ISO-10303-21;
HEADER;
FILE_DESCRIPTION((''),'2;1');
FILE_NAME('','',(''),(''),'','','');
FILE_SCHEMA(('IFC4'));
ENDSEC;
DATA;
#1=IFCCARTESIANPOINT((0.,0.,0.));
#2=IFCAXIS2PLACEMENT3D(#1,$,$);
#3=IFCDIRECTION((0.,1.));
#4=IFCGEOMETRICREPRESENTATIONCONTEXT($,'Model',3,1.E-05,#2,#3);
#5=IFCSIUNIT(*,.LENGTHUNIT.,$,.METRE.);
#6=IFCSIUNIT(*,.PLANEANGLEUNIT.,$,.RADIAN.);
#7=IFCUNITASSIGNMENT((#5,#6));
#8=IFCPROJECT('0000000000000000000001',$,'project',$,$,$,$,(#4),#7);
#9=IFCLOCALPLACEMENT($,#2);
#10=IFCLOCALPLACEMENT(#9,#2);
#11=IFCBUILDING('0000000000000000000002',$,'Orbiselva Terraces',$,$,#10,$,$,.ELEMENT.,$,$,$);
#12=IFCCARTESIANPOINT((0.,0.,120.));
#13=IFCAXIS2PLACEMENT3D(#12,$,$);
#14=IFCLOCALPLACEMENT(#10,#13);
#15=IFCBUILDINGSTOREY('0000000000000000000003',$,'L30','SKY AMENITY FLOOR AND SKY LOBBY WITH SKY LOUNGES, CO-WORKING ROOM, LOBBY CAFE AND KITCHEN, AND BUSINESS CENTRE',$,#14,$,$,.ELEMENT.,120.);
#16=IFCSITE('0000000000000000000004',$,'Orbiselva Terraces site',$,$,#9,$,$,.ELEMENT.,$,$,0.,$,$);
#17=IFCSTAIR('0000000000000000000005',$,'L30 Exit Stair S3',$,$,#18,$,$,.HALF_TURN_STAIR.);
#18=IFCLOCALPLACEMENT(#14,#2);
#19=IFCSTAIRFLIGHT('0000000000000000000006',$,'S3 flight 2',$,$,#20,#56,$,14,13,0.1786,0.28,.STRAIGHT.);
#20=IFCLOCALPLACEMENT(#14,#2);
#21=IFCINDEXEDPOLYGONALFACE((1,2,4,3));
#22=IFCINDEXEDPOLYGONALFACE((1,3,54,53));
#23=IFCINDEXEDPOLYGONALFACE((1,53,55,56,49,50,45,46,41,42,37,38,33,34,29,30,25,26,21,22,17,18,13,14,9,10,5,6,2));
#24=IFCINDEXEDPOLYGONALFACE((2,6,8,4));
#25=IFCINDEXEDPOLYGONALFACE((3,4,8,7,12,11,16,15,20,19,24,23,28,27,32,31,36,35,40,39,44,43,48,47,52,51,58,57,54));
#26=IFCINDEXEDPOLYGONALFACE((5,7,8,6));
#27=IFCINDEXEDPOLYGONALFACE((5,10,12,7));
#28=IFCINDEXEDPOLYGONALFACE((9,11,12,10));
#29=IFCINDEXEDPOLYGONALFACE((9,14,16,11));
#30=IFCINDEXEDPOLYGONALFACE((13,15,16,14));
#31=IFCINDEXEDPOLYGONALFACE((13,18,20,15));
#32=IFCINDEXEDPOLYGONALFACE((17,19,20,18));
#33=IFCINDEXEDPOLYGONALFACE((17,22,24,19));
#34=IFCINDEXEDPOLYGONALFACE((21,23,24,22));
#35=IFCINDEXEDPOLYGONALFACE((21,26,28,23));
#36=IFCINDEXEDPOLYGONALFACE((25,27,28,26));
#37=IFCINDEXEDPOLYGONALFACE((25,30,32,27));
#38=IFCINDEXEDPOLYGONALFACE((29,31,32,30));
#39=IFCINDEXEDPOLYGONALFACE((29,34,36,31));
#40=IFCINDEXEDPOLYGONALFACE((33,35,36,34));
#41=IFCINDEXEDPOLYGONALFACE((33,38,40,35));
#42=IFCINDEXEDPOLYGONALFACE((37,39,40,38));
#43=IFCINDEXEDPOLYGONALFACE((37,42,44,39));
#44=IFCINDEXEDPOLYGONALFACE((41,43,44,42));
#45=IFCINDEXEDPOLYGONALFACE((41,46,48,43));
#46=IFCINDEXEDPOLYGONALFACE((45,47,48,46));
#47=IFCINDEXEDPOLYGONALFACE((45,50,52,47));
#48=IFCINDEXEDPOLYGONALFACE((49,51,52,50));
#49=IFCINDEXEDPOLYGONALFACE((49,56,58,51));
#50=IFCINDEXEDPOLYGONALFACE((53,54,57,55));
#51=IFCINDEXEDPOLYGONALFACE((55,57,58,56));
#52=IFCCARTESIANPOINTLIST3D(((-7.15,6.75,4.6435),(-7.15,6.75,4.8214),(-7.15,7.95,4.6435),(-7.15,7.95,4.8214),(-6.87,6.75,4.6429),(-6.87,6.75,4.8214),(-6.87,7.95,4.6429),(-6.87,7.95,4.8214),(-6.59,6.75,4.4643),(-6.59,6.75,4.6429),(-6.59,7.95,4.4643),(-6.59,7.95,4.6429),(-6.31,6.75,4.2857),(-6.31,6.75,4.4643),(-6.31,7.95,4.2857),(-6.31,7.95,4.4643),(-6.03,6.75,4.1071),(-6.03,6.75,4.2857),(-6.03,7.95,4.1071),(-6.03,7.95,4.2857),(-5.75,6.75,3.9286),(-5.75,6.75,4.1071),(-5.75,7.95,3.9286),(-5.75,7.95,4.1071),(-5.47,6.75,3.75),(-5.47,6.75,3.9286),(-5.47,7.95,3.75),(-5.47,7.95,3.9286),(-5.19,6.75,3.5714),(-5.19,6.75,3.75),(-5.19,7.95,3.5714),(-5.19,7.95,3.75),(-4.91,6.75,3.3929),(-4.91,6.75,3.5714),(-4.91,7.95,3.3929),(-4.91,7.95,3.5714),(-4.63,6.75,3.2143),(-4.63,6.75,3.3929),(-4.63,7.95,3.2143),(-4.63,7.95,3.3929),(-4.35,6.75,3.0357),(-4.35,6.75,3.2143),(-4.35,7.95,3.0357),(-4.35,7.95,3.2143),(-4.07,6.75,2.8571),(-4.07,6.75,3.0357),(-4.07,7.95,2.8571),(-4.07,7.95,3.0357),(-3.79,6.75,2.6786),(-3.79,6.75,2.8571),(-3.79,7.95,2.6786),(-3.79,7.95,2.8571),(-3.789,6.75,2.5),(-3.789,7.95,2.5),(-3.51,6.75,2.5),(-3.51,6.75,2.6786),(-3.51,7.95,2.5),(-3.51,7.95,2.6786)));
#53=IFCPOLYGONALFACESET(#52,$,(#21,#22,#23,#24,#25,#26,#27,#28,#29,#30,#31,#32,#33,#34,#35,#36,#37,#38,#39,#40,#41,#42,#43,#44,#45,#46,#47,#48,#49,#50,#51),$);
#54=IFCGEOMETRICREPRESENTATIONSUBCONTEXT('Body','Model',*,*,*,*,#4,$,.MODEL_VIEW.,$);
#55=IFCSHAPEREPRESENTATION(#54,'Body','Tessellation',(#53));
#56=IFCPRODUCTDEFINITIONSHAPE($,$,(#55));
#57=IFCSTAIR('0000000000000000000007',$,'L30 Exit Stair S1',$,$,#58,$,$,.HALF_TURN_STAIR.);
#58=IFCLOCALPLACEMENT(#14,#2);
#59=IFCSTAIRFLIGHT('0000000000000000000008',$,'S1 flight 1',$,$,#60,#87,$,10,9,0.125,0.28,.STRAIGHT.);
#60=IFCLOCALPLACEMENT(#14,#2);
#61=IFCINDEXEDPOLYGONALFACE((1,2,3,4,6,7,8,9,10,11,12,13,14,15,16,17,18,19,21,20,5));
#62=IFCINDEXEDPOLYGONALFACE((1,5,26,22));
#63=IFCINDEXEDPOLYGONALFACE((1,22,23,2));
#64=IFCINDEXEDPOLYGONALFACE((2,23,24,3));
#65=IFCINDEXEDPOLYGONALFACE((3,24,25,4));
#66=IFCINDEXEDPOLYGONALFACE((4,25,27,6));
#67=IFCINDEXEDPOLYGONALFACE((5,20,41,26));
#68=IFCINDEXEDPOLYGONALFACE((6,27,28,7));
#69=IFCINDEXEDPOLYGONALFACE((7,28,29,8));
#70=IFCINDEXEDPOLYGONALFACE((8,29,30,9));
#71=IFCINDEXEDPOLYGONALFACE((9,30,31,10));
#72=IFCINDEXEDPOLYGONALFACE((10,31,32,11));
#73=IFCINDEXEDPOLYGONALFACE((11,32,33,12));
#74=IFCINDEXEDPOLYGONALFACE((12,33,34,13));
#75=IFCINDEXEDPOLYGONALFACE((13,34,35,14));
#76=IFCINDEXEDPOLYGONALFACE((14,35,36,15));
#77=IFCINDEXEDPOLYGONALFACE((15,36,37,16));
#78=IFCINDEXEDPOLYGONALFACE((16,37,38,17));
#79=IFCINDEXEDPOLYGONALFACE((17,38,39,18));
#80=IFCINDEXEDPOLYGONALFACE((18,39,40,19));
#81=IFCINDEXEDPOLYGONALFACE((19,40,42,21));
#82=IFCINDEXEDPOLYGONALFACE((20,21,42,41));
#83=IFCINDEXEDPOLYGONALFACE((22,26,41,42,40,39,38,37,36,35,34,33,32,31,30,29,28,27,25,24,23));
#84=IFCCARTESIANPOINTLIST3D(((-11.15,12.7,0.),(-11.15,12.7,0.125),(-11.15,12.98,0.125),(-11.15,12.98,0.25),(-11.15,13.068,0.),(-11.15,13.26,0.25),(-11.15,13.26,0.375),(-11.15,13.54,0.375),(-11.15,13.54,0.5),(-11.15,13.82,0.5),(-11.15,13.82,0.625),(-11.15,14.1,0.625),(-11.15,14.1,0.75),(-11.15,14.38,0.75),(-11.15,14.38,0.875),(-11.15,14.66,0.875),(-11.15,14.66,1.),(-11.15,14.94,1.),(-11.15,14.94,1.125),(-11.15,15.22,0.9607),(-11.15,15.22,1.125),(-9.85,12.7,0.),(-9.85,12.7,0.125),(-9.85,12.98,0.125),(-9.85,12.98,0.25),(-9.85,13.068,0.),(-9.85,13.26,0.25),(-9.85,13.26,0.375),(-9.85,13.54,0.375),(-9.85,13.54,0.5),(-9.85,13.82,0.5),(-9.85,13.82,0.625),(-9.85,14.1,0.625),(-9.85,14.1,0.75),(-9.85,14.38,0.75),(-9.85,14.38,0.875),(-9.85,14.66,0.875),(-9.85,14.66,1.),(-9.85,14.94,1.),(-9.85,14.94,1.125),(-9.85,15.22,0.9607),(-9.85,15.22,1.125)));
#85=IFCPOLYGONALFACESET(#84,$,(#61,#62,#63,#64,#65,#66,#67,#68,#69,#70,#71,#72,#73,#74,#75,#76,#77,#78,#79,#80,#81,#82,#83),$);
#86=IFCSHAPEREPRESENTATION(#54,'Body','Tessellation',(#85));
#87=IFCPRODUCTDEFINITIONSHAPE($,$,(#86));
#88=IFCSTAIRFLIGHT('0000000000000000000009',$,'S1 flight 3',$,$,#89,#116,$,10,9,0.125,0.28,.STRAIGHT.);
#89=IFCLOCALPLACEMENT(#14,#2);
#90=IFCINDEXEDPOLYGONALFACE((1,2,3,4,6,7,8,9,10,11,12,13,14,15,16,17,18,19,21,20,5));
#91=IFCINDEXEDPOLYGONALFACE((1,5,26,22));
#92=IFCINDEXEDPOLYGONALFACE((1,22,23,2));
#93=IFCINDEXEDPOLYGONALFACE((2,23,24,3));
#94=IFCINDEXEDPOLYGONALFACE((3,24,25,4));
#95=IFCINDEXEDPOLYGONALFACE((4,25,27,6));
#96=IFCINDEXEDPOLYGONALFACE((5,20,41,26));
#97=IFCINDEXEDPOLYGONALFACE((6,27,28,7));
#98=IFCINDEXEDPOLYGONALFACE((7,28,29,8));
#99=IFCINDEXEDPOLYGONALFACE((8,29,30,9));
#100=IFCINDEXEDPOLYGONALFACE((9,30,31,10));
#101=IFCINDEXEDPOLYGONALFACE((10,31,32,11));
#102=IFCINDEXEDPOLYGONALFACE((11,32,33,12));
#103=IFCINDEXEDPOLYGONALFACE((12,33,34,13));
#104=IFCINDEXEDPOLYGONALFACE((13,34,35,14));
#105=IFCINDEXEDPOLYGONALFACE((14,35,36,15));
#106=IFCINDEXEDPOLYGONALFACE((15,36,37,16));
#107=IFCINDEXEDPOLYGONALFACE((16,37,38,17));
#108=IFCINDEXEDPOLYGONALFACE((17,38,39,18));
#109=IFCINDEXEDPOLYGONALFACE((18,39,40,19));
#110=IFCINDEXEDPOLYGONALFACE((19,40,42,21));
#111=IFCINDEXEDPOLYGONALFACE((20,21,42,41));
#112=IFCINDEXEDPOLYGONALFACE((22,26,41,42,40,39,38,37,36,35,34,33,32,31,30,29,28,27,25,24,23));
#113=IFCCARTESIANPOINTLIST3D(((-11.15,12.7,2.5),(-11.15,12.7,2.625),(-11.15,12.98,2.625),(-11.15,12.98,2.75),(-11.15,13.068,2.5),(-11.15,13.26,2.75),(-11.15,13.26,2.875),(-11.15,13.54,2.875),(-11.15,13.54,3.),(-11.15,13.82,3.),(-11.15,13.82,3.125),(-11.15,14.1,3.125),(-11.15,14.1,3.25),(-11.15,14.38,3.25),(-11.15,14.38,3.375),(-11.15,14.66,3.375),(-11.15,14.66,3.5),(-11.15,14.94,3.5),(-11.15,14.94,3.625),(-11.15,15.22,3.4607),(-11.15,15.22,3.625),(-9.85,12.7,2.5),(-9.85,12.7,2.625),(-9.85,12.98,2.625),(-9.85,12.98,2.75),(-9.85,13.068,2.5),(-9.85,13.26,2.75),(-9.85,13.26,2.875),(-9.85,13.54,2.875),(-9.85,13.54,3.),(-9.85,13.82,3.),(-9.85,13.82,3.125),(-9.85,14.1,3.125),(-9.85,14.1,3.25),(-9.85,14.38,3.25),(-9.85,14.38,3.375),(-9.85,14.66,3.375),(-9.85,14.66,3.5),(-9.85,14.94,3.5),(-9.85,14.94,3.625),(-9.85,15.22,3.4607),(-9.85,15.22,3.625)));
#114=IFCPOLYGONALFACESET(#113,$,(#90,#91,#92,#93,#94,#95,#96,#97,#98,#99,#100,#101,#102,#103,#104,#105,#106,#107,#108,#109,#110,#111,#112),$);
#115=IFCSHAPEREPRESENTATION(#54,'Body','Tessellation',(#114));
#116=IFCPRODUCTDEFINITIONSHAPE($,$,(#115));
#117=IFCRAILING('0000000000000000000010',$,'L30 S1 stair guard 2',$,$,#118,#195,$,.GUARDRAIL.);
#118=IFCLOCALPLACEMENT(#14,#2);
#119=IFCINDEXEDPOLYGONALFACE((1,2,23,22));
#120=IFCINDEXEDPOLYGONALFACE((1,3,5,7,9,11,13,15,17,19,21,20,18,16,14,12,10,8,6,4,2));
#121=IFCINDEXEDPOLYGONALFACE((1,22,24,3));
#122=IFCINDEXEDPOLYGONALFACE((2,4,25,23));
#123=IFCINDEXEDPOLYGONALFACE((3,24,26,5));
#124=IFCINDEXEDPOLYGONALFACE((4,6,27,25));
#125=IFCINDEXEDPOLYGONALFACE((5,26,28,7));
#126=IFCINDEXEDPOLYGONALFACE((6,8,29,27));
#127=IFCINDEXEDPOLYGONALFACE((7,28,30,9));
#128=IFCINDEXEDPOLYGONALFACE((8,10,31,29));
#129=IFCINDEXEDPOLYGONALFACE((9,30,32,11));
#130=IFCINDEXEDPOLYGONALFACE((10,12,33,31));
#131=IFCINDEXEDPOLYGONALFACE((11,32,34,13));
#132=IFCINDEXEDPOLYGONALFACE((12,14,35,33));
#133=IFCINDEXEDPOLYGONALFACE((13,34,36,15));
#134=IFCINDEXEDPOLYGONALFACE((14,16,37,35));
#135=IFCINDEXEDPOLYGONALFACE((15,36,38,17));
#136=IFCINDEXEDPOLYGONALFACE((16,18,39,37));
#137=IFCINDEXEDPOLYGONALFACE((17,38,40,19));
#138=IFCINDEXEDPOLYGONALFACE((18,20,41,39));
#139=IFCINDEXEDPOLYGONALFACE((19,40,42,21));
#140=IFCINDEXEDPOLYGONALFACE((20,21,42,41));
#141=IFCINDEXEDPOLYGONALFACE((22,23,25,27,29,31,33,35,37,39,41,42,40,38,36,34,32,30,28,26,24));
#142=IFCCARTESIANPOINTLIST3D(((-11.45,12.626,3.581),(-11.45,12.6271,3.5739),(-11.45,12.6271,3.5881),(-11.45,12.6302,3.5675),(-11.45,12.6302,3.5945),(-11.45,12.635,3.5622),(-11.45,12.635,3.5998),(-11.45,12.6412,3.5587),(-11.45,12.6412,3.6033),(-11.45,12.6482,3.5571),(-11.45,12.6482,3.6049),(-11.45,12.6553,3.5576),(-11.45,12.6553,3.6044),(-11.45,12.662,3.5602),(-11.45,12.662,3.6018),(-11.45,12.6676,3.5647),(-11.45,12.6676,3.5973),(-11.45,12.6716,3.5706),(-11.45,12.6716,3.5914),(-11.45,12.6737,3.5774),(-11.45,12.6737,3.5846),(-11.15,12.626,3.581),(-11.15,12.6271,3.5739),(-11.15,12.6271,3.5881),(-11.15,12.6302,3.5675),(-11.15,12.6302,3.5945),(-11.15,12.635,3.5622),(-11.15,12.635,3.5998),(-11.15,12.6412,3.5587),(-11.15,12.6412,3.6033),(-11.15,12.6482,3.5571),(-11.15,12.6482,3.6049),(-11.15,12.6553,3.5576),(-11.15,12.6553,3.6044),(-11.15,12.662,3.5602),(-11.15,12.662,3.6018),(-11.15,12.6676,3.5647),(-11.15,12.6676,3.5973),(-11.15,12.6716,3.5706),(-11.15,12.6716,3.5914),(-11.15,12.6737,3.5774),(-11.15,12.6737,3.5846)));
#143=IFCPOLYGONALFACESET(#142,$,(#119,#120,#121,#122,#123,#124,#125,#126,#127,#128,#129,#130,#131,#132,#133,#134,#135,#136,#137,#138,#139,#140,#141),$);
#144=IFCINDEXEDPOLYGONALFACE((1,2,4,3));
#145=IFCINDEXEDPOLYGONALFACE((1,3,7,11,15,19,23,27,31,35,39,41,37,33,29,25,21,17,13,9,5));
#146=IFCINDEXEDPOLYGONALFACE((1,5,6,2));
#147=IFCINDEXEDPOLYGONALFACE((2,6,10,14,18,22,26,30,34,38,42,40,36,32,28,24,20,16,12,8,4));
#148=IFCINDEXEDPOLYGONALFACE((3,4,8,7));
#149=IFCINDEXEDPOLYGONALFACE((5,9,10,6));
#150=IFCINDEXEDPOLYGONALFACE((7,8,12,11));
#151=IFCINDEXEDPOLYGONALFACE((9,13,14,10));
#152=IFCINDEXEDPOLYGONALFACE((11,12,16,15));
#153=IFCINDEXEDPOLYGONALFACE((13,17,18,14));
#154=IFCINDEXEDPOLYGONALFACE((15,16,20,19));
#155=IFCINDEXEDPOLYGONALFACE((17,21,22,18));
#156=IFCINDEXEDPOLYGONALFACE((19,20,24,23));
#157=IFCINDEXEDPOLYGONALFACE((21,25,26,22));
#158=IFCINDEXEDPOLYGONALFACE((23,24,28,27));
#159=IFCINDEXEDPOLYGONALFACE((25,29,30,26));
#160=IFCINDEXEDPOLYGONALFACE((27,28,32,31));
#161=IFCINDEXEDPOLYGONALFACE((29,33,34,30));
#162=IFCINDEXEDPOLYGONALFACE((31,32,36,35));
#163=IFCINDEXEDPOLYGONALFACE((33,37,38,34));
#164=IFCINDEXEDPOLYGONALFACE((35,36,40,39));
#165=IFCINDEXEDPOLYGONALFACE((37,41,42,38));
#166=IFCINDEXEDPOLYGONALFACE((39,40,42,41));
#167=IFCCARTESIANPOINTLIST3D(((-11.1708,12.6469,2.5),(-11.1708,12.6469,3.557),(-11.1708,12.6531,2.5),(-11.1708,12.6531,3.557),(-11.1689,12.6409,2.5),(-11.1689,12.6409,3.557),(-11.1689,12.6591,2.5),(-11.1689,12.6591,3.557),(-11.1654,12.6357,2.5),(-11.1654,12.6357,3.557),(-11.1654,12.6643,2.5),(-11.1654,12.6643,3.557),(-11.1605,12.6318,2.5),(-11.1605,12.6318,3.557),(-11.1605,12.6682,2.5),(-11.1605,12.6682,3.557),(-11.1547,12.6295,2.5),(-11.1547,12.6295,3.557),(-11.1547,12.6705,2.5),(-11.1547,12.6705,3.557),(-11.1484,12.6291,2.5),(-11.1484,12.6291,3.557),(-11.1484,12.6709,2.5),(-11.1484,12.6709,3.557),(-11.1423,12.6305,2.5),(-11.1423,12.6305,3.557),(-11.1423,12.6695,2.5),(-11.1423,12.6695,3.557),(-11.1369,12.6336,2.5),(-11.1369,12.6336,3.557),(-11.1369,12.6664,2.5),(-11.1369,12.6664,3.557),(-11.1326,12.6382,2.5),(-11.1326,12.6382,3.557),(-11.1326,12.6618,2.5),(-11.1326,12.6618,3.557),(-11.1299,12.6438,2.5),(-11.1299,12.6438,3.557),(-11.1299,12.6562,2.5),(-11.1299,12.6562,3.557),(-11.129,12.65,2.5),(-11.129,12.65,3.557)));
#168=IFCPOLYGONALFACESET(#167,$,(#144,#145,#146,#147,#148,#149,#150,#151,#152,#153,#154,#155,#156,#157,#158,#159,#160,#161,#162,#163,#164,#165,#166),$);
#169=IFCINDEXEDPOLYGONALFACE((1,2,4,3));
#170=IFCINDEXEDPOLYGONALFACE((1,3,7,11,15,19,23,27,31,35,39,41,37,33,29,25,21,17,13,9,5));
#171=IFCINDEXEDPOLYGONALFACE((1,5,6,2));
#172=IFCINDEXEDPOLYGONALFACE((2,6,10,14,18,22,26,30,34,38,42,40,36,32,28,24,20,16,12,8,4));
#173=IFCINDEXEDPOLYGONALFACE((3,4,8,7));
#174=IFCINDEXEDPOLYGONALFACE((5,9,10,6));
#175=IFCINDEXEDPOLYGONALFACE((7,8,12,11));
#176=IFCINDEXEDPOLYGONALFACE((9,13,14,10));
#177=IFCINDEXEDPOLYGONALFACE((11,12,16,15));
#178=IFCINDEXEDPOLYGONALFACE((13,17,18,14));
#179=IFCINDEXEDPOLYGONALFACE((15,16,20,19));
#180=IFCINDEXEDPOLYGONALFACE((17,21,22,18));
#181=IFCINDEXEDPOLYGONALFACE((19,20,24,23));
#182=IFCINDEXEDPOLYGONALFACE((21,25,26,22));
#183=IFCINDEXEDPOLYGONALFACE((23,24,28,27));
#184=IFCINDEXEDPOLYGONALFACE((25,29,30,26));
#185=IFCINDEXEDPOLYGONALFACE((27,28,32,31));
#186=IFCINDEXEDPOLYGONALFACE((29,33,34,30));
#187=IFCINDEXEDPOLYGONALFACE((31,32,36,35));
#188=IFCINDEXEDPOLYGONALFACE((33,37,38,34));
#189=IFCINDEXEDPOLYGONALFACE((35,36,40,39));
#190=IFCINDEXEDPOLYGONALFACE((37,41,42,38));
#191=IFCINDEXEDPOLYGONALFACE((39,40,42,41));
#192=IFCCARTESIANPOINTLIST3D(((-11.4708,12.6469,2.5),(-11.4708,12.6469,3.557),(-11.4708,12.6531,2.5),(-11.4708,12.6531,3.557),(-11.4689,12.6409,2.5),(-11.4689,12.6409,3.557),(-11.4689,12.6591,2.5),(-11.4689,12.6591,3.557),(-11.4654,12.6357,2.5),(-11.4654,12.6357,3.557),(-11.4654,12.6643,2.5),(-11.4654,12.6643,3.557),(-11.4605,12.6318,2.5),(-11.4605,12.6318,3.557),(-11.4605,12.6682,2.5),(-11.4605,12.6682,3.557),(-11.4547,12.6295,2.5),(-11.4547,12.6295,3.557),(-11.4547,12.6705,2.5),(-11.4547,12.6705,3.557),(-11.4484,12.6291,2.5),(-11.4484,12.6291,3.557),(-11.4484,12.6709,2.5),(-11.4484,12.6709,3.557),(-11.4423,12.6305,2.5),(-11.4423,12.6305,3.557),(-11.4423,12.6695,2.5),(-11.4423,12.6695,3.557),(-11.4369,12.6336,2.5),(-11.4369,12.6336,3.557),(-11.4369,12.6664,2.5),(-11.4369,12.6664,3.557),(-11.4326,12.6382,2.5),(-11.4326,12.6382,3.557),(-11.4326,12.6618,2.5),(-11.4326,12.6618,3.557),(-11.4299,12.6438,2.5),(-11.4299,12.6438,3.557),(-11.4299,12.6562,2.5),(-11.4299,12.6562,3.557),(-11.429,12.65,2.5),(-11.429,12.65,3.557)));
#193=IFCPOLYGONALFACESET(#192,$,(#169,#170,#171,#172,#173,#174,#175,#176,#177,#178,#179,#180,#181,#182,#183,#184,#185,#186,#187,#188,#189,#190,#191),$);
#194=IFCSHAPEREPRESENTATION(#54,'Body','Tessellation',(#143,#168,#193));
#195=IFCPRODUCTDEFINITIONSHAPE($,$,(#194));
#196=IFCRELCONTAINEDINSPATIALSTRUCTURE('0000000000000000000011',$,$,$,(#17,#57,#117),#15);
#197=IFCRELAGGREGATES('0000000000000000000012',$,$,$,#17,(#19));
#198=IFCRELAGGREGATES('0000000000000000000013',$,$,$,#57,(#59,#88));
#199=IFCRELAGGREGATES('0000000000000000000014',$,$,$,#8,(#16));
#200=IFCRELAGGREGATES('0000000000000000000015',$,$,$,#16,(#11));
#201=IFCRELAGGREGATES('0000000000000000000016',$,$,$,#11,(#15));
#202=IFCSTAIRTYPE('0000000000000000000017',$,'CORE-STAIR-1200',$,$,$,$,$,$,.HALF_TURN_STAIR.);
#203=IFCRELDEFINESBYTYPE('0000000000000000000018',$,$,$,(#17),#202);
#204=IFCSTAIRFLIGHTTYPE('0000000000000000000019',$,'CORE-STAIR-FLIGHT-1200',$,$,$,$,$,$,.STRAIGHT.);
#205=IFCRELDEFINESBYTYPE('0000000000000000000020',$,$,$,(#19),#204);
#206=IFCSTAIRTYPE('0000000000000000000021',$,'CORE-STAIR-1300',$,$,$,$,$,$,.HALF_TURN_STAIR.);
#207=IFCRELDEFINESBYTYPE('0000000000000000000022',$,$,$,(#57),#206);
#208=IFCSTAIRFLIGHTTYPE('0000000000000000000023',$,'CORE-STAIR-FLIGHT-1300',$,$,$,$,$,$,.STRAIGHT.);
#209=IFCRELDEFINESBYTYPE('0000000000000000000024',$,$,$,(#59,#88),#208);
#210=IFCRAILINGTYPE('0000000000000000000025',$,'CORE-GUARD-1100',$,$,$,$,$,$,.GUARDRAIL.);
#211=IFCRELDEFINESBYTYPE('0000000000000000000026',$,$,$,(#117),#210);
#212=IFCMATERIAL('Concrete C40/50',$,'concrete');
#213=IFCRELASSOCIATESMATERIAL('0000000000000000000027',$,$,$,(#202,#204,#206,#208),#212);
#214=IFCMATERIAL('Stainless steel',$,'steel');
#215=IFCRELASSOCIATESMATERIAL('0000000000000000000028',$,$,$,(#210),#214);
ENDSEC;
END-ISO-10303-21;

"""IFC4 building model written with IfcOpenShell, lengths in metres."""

from ifc_helpers import new_model, si_unit, direction, frame, origin, origin_2d, place, context, subcontext, project, spatial, polyline, circle, outline, extrude, material, type_object, element, aggregate, save


model = new_model("IFC4")

# Units and contexts
model_context = context("Model", 3, precision=1e-05, world=origin(), true_north=direction((0.0, 1.0)))
body_context = subcontext(model_context, "Body", "Model", "MODEL_VIEW")
ifc_project = project(units=[si_unit("LENGTHUNIT", "METRE"), si_unit("PLANEANGLEUNIT", "RADIAN")], contexts=[model_context])

# Site, building, storey
site_placement = place(None, origin())
site = spatial("IfcSite", under=ifc_project, at=site_placement, Name="Orbiselva Terraces site", CompositionType="ELEMENT", RefElevation=0.0)
building_placement = place(site_placement, origin())
building = spatial("IfcBuilding", under=site, at=building_placement, Name="Orbiselva Terraces", CompositionType="ELEMENT")
storey_placement = place(building_placement, frame((0.0, 0.0, 120.0)))
storey = spatial("IfcBuildingStorey", under=building, at=storey_placement, Name="L30", Description="SKY AMENITY FLOOR AND SKY LOBBY WITH SKY LOUNGES, CO-WORKING ROOM, LOBBY CAFE AND KITCHEN, AND BUSINESS CENTRE", CompositionType="ELEMENT", Elevation=120.0)

# Stairs, stair flights
ifc_material_1 = material(Name="Concrete C40/50", Category="concrete")
stair_type_1 = type_object("IfcStairType", Name="CORE-STAIR-1200", PredefinedType="HALF_TURN_STAIR", material=ifc_material_1)
stair_1_placement = place(storey_placement, origin())
stair_1 = element("IfcStair", 1, at=stair_1_placement, inside=storey, type_object=stair_type_1, Name="L30 Exit Stair S3", PredefinedType="HALF_TURN_STAIR")
stair_flight_type_1 = type_object("IfcStairFlightType", Name="CORE-STAIR-FLIGHT-1200", PredefinedType="STRAIGHT", material=ifc_material_1)
stair_flight_1_placement = place(storey_placement, frame((-3.51, 7.35, 2.5), z_axis=(0.0, 0.0, 1.0), x_axis=(-1.0, 0.0, 0.0)))
stair_flight_1 = element("IfcStairFlight", 2, at=stair_flight_1_placement, type_object=stair_flight_type_1, Name="S3 flight 2", NumberOfRisers=14, NumberOfTreads=13, PredefinedType="STRAIGHT", RiserHeight=0.1786, TreadLength=0.28, context=body_context, shape_type="SweptSolid", body=[
    extrude(outline(polyline([(0.0, 0.0), (0.0, 0.1786), (0.28, 0.1786), (0.28, 0.3571), (0.56, 0.3571), (0.56, 0.5357), (0.84, 0.5357), (0.84, 0.7143), (1.12, 0.7143), (1.12, 0.8929), (1.4, 0.8929), (1.4, 1.0714), (1.68, 1.0714), (1.68, 1.25), (1.96, 1.25), (1.96, 1.4286), (2.24, 1.4286), (2.24, 1.6071), (2.52, 1.6071), (2.52, 1.7857), (2.8, 1.7857), (2.8, 1.9643), (3.08, 1.9643), (3.08, 2.1429), (3.36, 2.1429), (3.36, 2.3214), (3.64, 2.3214), (3.64, 2.5), (3.64, 2.1435), (0.279, 0.0), (0.0, 0.0)])), frame((0.0, 0.6, 0.0), z_axis=(0.0, -1.0, 0.0), x_axis=(1.0, 0.0, 0.0)), (0.0, 0.0, 1.0), 1.2),
])
aggregate(stair_1, [stair_flight_1])
stair_type_2 = type_object("IfcStairType", Name="CORE-STAIR-1300", PredefinedType="HALF_TURN_STAIR", material=ifc_material_1)
stair_2_placement = place(storey_placement, origin())
stair_2 = element("IfcStair", 3, at=stair_2_placement, inside=storey, type_object=stair_type_2, Name="L30 Exit Stair S1", PredefinedType="HALF_TURN_STAIR")
stair_flight_type_2 = type_object("IfcStairFlightType", Name="CORE-STAIR-FLIGHT-1300", PredefinedType="STRAIGHT", material=ifc_material_1)
stair_flight_2_placement = place(storey_placement, frame((-10.5, 12.7, 0.0), z_axis=(0.0, 0.0, 1.0), x_axis=(0.0, 1.0, 0.0)))
stair_flight_2 = element("IfcStairFlight", 4, at=stair_flight_2_placement, type_object=stair_flight_type_2, Name="S1 flight 1", NumberOfRisers=10, NumberOfTreads=9, PredefinedType="STRAIGHT", RiserHeight=0.125, TreadLength=0.28, context=body_context, shape_type="SweptSolid", body=[
    extrude(outline(polyline([(0.0, 0.0), (0.0, 0.125), (0.28, 0.125), (0.28, 0.25), (0.56, 0.25), (0.56, 0.375), (0.84, 0.375), (0.84, 0.5), (1.12, 0.5), (1.12, 0.625), (1.4, 0.625), (1.4, 0.75), (1.68, 0.75), (1.68, 0.875), (1.96, 0.875), (1.96, 1.0), (2.24, 1.0), (2.24, 1.125), (2.52, 1.125), (2.52, 1.25), (2.52, 0.9607), (0.368, 0.0), (0.0, 0.0)])), frame((0.0, 0.65, 0.0), z_axis=(0.0, -1.0, 0.0), x_axis=(1.0, 0.0, 0.0)), (0.0, 0.0, 1.0), 1.3),
])
stair_flight_3_placement = place(storey_placement, frame((-10.5, 12.7, 2.5), z_axis=(0.0, 0.0, 1.0), x_axis=(0.0, 1.0, 0.0)))
stair_flight_3 = element("IfcStairFlight", 5, at=stair_flight_3_placement, type_object=stair_flight_type_2, Name="S1 flight 3", NumberOfRisers=10, NumberOfTreads=9, PredefinedType="STRAIGHT", RiserHeight=0.125, TreadLength=0.28, context=body_context, shape_type="SweptSolid", body=[
    extrude(outline(polyline([(0.0, 0.0), (0.0, 0.125), (0.28, 0.125), (0.28, 0.25), (0.56, 0.25), (0.56, 0.375), (0.84, 0.375), (0.84, 0.5), (1.12, 0.5), (1.12, 0.625), (1.4, 0.625), (1.4, 0.75), (1.68, 0.75), (1.68, 0.875), (1.96, 0.875), (1.96, 1.0), (2.24, 1.0), (2.24, 1.125), (2.52, 1.125), (2.52, 1.25), (2.52, 0.9607), (0.368, 0.0), (0.0, 0.0)])), frame((0.0, 0.65, 0.0), z_axis=(0.0, -1.0, 0.0), x_axis=(1.0, 0.0, 0.0)), (0.0, 0.0, 1.0), 1.3),
])
aggregate(stair_2, [stair_flight_2, stair_flight_3])

# Railing
ifc_material_2 = material(Name="Stainless steel", Category="steel")
railing_type_1 = type_object("IfcRailingType", Name="CORE-GUARD-1100", PredefinedType="GUARDRAIL", material=ifc_material_2)
railing_1_placement = place(storey_placement, frame((-11.15, 12.65, 2.5)))
element("IfcRailing", 6, at=railing_1_placement, inside=storey, type_object=railing_type_1, Name="L30 S1 stair guard 2", PredefinedType="GUARDRAIL", context=body_context, shape_type="SweptSolid", body=[
    extrude(circle(Radius=0.024, at=origin_2d()), frame((0.0, 0.0, 1.081), z_axis=(-1.0, 0.0, 0.0), x_axis=(0.0, -1.0, 0.0)), (0.0, 0.0, 1.0), 0.3),
    extrude(circle(Radius=0.021, at=origin_2d()), origin(), (0.0, 0.0, 1.0), 1.057),
    extrude(circle(Radius=0.021, at=origin_2d()), frame((-0.3, 0.0, 0.0)), (0.0, 0.0, 1.0), 1.057),
])

save(model, "model.ifc")
